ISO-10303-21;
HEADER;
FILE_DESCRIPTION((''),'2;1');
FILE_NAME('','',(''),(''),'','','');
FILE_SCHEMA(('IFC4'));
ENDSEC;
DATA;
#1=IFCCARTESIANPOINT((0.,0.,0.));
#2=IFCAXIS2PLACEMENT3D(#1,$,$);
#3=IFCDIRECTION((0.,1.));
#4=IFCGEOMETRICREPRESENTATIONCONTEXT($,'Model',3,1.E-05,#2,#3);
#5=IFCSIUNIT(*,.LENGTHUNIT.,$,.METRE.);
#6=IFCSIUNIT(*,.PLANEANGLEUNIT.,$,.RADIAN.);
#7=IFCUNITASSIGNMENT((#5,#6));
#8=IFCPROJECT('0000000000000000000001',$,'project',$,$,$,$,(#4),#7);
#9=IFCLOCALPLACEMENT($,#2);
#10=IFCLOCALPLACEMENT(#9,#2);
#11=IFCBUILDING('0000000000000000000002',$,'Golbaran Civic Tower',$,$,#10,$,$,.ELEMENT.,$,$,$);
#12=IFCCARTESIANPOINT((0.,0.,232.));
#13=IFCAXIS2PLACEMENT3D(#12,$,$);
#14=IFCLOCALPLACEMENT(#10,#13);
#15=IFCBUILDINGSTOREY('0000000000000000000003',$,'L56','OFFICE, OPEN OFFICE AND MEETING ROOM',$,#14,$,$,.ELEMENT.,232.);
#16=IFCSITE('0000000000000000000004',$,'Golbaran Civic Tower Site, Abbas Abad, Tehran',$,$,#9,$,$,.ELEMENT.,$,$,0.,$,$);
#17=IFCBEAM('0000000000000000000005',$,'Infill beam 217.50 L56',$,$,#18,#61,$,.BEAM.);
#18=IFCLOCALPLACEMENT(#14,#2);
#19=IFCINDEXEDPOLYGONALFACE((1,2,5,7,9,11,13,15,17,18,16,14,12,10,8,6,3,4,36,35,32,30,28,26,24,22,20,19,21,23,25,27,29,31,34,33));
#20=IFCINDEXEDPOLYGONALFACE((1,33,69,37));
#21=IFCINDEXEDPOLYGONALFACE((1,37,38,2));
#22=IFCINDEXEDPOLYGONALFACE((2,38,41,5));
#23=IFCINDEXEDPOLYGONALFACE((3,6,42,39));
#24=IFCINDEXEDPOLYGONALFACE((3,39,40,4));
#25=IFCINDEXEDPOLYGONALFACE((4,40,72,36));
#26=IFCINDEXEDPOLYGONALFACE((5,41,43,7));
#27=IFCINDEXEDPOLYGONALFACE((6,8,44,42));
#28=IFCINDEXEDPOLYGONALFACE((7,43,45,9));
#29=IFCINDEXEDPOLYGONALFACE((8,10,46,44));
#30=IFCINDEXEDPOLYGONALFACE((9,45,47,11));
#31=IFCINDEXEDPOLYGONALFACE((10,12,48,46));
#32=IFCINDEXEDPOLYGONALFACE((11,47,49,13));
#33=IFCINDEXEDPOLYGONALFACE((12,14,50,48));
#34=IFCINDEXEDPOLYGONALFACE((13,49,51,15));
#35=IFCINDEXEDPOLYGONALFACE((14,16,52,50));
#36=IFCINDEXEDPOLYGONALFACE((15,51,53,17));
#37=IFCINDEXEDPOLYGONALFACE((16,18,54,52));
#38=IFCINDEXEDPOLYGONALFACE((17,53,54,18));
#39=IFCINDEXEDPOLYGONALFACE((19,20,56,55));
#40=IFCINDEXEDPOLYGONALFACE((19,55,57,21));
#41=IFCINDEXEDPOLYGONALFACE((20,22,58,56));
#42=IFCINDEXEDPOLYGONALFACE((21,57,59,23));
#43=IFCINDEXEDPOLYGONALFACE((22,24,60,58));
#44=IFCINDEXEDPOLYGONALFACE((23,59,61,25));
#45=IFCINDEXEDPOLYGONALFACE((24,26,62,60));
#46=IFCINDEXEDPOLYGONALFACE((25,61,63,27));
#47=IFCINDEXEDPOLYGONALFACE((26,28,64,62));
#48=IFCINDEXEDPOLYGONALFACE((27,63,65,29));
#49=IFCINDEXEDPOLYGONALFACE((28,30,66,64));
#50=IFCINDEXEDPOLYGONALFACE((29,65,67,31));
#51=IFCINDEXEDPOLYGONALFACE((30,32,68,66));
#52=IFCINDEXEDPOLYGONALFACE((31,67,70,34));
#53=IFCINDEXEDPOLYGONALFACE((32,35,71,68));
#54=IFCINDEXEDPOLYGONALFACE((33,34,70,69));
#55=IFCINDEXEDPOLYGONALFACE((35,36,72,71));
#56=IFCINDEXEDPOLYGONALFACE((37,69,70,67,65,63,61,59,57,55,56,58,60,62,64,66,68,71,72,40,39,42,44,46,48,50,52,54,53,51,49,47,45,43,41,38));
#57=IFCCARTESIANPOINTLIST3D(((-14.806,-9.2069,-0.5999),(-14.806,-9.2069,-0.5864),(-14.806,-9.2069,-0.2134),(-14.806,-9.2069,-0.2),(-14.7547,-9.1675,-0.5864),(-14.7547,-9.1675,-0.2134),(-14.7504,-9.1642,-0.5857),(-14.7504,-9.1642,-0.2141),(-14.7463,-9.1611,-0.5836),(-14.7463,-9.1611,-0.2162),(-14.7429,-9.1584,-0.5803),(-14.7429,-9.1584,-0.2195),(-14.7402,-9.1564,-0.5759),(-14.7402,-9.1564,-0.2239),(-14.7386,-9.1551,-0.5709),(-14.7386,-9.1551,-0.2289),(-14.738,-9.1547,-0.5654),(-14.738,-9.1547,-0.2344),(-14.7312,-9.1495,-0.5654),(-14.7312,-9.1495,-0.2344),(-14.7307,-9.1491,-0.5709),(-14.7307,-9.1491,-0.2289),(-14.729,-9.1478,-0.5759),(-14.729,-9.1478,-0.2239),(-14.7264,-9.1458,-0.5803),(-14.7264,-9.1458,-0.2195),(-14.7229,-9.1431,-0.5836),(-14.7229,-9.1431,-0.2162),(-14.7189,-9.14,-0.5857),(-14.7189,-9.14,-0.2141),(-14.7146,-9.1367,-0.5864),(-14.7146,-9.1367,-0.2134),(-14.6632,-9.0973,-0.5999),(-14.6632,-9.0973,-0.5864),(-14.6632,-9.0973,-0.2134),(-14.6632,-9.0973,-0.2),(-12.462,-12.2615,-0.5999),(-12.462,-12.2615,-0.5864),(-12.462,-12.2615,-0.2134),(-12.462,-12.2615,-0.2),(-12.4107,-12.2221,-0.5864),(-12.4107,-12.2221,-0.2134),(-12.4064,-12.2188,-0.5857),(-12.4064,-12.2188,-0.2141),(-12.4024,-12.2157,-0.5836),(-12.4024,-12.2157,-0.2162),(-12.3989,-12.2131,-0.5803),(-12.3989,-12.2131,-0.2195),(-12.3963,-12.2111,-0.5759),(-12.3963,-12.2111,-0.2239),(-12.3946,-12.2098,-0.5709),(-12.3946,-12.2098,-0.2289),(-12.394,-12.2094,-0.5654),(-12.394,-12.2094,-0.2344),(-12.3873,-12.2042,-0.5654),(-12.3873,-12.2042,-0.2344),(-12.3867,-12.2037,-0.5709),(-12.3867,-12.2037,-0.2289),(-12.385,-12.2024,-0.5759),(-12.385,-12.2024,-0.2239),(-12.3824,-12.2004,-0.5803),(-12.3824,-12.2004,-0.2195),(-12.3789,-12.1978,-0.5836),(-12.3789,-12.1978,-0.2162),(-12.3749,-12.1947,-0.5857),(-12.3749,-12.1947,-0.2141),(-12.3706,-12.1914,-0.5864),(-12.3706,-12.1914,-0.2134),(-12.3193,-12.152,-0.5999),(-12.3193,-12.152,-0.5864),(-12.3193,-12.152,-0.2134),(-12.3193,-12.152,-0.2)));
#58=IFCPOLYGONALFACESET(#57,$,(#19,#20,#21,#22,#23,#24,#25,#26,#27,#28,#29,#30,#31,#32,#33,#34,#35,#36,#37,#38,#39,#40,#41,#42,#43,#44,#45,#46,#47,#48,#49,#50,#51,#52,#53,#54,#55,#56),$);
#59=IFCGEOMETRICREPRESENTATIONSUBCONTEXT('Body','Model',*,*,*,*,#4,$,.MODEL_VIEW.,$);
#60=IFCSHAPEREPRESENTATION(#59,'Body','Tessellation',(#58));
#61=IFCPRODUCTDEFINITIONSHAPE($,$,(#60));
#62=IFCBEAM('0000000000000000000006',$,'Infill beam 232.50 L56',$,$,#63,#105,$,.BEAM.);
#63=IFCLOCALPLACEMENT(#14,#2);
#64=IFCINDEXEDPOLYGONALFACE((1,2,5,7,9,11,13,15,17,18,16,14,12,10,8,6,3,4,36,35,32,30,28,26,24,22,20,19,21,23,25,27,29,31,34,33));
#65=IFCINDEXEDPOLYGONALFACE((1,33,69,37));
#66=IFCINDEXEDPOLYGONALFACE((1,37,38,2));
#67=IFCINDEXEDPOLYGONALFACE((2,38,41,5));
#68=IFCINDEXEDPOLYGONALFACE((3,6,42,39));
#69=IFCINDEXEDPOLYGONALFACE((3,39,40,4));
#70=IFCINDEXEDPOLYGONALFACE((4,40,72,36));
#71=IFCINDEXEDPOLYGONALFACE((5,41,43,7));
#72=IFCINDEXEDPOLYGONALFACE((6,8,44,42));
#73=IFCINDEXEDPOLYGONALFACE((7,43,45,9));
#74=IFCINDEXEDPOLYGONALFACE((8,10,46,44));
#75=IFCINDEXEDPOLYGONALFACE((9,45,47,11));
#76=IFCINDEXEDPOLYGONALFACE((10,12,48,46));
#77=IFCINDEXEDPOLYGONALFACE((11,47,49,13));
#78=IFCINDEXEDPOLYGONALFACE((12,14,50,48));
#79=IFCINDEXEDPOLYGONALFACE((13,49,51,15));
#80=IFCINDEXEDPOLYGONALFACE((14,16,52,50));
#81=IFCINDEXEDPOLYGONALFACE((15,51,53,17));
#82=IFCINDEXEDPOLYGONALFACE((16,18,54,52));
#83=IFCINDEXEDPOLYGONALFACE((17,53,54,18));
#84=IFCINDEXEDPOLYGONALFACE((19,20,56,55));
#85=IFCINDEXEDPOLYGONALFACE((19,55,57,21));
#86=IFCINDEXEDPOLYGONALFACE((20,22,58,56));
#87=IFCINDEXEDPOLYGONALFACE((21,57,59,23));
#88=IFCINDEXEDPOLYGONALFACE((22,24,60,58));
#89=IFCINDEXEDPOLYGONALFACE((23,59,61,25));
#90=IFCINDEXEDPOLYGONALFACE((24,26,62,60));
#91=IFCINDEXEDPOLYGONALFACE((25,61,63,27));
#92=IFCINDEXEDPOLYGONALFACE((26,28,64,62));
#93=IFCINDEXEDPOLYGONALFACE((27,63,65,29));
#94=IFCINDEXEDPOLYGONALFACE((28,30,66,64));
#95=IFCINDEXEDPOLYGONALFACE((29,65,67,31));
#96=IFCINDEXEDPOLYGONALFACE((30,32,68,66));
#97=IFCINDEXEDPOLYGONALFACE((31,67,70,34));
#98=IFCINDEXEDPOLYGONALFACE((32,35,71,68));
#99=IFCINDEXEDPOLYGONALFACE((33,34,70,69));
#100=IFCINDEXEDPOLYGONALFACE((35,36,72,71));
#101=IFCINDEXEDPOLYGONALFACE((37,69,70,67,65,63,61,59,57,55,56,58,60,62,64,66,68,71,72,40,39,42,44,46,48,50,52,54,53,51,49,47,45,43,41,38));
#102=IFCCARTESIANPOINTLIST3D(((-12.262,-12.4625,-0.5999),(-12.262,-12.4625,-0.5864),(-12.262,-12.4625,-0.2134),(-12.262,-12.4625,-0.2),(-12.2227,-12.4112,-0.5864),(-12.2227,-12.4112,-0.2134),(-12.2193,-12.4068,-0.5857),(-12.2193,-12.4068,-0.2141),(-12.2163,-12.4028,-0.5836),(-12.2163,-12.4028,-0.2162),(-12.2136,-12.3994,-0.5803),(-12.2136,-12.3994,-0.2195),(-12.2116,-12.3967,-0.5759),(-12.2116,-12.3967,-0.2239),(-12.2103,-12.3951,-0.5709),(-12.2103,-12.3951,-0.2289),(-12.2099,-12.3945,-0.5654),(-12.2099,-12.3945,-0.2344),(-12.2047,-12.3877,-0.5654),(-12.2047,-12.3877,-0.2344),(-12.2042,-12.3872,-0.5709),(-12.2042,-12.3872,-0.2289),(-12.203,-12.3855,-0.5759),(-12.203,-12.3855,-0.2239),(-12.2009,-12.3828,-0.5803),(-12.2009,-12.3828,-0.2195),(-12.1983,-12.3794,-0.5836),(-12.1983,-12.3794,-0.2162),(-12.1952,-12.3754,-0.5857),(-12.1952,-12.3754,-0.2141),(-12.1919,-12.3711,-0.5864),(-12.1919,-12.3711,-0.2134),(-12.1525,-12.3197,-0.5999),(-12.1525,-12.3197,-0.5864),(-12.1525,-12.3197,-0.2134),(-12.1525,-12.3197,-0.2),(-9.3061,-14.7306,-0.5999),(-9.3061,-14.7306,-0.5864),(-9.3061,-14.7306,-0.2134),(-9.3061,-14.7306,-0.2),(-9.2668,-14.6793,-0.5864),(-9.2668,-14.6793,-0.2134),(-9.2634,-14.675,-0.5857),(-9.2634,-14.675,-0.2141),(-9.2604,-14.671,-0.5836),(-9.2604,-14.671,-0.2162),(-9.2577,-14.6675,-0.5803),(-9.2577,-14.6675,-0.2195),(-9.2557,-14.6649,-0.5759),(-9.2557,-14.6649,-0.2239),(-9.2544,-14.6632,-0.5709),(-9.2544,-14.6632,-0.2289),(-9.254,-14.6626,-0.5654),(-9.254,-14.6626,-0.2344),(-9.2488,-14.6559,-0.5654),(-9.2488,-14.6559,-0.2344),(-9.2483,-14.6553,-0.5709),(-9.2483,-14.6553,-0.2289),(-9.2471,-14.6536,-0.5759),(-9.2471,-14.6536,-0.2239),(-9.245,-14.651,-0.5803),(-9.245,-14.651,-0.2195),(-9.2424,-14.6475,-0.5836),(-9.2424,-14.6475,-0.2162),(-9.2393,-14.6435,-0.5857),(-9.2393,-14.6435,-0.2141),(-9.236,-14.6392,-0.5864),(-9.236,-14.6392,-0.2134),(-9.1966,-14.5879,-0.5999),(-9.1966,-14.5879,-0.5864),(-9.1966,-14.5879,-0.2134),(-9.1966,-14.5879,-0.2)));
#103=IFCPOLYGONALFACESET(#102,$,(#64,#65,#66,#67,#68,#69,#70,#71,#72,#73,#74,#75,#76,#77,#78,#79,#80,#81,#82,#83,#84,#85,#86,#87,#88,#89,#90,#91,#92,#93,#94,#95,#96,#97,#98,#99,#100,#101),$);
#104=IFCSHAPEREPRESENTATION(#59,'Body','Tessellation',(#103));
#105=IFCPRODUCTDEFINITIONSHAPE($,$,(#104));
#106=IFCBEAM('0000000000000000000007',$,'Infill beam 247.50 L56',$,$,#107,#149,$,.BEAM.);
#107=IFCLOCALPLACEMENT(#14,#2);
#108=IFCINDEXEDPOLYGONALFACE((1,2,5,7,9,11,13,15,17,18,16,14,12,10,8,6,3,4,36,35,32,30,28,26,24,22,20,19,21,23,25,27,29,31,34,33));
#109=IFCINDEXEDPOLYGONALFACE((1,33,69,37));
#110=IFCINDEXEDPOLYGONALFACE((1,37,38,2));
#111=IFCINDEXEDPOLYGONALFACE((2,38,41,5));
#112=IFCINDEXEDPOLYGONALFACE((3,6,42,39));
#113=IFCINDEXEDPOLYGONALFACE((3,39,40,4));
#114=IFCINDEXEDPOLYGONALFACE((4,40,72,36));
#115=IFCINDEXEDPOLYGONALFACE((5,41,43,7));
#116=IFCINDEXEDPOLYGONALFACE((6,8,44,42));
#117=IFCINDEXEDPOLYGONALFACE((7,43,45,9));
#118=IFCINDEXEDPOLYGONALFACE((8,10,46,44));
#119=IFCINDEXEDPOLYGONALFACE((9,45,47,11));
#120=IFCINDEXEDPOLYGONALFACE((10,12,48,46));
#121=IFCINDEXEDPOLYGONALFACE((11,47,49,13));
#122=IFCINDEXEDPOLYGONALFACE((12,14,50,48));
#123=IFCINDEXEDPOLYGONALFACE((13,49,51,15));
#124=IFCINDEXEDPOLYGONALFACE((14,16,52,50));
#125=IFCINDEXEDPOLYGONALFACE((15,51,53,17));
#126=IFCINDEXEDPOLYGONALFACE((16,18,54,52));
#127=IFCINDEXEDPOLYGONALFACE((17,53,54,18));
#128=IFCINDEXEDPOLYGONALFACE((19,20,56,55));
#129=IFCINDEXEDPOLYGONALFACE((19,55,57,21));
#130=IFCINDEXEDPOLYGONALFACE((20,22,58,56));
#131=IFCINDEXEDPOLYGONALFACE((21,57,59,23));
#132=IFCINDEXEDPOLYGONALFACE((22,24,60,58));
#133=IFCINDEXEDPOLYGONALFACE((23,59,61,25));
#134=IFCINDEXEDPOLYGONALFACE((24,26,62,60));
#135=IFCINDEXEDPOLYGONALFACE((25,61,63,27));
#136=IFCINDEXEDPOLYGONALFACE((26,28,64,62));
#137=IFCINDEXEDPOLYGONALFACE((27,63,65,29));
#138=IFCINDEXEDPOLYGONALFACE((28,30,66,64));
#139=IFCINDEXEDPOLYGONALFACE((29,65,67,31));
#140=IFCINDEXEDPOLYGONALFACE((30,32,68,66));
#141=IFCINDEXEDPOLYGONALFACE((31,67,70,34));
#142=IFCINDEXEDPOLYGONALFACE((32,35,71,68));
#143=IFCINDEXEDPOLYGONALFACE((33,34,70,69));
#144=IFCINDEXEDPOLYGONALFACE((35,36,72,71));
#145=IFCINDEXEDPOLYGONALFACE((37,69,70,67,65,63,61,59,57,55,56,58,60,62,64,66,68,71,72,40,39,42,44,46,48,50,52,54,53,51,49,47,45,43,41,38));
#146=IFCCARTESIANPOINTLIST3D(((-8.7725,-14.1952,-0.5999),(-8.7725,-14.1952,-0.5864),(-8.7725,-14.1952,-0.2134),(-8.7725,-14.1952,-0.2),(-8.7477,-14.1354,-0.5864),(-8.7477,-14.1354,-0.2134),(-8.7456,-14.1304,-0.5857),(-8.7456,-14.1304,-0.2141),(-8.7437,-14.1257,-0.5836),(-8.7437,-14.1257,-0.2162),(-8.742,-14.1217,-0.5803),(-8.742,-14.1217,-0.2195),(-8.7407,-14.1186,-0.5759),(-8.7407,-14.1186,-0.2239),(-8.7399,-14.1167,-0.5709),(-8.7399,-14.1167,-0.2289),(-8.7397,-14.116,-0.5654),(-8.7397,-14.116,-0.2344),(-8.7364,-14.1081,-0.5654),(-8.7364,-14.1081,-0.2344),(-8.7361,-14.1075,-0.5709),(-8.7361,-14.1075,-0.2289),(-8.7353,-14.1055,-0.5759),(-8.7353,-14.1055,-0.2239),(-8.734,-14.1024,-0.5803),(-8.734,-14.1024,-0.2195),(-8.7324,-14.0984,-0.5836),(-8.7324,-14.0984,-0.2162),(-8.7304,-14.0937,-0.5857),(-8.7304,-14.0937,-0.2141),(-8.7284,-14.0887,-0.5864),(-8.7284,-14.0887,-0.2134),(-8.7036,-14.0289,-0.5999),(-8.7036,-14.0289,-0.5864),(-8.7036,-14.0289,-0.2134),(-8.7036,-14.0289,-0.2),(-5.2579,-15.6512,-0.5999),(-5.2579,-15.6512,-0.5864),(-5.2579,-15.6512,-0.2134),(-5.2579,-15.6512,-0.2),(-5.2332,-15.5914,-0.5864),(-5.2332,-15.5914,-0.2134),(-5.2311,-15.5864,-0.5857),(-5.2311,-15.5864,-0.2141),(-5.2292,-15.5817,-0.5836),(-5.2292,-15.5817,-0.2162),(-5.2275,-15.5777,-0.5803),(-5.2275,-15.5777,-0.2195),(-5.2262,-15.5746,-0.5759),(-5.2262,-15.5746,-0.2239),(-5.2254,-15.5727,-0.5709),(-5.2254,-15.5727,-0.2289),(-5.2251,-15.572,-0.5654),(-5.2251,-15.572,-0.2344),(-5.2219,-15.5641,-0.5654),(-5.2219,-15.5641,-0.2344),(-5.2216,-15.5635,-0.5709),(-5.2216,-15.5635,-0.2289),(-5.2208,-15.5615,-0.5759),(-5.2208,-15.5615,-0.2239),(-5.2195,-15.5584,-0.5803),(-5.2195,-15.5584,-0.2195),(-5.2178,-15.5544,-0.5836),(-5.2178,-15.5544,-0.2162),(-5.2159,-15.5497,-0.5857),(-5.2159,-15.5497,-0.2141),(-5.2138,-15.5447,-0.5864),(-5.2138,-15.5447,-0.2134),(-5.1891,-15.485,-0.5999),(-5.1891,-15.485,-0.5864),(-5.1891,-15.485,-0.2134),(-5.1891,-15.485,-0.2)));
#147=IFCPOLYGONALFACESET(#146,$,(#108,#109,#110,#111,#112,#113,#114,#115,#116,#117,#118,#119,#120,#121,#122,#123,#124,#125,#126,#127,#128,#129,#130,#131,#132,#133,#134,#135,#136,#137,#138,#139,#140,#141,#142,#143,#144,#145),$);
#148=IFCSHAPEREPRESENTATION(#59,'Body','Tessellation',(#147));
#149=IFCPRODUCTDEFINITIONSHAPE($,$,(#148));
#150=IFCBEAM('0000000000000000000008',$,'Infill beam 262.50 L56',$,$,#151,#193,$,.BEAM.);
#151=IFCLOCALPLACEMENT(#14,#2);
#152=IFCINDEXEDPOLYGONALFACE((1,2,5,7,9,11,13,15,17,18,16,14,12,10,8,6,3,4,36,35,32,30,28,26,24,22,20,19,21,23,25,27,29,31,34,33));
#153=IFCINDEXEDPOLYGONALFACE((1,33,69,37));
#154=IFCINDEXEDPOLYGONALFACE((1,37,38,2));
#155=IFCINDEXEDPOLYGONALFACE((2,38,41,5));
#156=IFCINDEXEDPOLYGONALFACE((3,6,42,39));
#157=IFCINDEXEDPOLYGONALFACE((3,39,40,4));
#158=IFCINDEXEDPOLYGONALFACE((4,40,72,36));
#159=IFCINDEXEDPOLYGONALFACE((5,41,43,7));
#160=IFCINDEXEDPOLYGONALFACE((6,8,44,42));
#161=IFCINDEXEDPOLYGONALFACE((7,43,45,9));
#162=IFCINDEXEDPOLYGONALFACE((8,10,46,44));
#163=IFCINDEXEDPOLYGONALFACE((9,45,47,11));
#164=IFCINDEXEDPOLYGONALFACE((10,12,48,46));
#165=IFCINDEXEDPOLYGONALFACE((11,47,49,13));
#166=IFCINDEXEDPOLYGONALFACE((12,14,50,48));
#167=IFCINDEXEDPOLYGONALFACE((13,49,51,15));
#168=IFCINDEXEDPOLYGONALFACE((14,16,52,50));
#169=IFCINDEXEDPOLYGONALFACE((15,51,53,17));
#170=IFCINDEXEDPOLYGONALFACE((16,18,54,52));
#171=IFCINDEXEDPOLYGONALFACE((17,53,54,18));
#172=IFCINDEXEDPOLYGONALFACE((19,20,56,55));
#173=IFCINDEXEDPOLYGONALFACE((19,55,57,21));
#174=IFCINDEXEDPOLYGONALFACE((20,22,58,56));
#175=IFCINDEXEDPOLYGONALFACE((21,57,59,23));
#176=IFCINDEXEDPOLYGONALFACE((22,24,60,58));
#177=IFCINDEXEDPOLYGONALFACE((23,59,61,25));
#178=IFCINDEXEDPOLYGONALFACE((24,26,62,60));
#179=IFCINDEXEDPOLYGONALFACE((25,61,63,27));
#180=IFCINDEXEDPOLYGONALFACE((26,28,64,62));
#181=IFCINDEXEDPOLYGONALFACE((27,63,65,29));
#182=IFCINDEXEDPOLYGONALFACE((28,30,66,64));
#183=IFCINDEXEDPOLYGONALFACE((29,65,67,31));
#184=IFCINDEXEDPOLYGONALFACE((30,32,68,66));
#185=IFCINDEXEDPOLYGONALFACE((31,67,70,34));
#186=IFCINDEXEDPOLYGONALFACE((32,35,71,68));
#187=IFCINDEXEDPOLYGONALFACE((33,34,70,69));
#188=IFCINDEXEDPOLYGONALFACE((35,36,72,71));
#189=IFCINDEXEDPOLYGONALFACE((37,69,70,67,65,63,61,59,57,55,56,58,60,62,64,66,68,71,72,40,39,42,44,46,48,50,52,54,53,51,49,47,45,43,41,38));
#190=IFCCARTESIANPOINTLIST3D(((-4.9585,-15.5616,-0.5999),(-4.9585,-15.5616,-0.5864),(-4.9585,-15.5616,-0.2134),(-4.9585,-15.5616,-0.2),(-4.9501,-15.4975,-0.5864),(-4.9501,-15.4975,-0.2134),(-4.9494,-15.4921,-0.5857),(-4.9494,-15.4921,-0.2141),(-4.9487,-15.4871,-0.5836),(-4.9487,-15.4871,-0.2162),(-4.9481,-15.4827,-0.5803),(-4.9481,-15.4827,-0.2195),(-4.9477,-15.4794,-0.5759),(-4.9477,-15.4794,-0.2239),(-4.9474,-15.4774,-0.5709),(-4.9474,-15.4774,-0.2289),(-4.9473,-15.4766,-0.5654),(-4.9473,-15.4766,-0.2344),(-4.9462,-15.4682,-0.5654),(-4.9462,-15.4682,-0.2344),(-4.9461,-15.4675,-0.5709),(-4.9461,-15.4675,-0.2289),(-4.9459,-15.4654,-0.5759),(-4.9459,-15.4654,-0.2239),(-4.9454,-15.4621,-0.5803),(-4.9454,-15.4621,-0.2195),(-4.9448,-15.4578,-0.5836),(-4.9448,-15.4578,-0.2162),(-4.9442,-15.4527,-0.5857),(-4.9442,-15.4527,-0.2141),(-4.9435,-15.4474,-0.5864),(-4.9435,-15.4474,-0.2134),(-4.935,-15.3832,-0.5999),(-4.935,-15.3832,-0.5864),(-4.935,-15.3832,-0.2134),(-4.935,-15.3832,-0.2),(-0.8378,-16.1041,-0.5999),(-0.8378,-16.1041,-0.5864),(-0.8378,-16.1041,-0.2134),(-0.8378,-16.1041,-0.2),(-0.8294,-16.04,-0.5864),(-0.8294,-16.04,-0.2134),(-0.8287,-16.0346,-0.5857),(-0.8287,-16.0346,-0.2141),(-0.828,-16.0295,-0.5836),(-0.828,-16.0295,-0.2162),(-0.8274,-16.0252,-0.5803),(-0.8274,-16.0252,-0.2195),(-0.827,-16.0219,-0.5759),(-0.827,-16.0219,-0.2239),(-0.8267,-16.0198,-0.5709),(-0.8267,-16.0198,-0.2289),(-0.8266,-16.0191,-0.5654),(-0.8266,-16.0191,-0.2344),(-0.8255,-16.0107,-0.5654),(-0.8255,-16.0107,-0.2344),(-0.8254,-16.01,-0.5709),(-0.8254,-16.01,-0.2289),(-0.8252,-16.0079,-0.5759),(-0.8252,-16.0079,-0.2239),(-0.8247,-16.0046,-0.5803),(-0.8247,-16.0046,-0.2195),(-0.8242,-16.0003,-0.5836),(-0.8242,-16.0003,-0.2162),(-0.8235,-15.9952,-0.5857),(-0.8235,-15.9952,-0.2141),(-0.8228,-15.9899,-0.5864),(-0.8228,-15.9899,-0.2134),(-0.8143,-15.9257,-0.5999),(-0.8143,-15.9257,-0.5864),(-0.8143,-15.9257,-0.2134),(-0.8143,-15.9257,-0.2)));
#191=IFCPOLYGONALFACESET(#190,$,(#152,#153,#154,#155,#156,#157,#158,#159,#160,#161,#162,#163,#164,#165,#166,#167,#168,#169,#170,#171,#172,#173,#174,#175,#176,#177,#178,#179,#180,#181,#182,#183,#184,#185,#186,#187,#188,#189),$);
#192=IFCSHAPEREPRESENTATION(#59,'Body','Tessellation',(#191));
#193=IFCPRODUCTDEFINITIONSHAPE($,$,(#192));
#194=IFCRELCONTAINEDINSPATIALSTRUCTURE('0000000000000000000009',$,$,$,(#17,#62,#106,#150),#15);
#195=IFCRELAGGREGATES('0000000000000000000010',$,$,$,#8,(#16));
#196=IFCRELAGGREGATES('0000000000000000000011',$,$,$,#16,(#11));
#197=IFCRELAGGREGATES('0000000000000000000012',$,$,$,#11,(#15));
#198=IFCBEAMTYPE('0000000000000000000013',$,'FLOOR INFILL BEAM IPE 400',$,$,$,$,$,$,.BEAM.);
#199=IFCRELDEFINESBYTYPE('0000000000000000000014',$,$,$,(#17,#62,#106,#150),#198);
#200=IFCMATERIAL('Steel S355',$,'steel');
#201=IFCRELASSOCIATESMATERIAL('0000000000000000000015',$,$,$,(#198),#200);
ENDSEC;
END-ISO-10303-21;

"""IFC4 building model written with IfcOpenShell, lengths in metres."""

from ifc_helpers import new_model, si_unit, direction, frame, origin, origin_2d, place, context, subcontext, project, spatial, i_section, extrude, material, material_profile, profile_set, type_object, element, save


model = new_model("IFC4")

# Units and contexts
model_context = context("Model", 3, precision=1e-05, world=origin(), true_north=direction((0.0, 1.0)))
body_context = subcontext(model_context, "Body", "Model", "MODEL_VIEW")
ifc_project = project(units=[si_unit("LENGTHUNIT", "METRE"), si_unit("PLANEANGLEUNIT", "RADIAN")], contexts=[model_context])

# Site, building, storey
site_placement = place(None, origin())
site = spatial("IfcSite", under=ifc_project, at=site_placement, Name="Golbaran Civic Tower Site, Abbas Abad, Tehran", CompositionType="ELEMENT", RefElevation=0.0)
building_placement = place(site_placement, origin())
building = spatial("IfcBuilding", under=site, at=building_placement, Name="Golbaran Civic Tower", CompositionType="ELEMENT")
storey_placement = place(building_placement, frame((0.0, 0.0, 232.0)))
storey = spatial("IfcBuildingStorey", under=building, at=storey_placement, Name="L56", Description="OFFICE, OPEN OFFICE AND MEETING ROOM", CompositionType="ELEMENT", Elevation=232.0)

# Beams
ifc_material_1 = material(Name="Steel S355", Category="steel")
ifc_material_profile_1 = material_profile(ifc_material_1, i_section(OverallWidth=0.1799, OverallDepth=0.3999, WebThickness=0.0085, FlangeThickness=0.0134, FilletRadius=0.021, at=origin_2d()), Name="IPE 400")
ifc_profile_set_1 = profile_set([ifc_material_profile_1], Name="Steel S355")
beam_type_1 = type_object("IfcBeamType", Name="FLOOR INFILL BEAM IPE 400", PredefinedType="BEAM", material=ifc_profile_set_1)
beam_1_placement = place(storey_placement, frame((-14.7346, -9.1521, -0.3999), z_axis=(0.60877, -0.793347, 0.0), x_axis=(0.793347, 0.60877, 0.0)))
element("IfcBeam", 1, at=beam_1_placement, inside=storey, type_object=beam_type_1, Name="Infill beam 217.50 L56", PredefinedType="BEAM", context=body_context, shape_type="SweptSolid", body=[
    extrude(i_section(OverallWidth=0.1799, OverallDepth=0.3999, WebThickness=0.0085, FlangeThickness=0.0134, FilletRadius=0.021, at=origin_2d()), origin(), (0.0, 0.0, 1.0), 3.8503),
])
beam_2_placement = place(storey_placement, frame((-12.2073, -12.3911, -0.3999), z_axis=(0.793354, -0.60876, 0.0), x_axis=(0.60876, 0.793354, 0.0)))
element("IfcBeam", 2, at=beam_2_placement, inside=storey, type_object=beam_type_1, Name="Infill beam 232.50 L56", PredefinedType="BEAM", context=body_context, shape_type="SweptSolid", body=[
    extrude(i_section(OverallWidth=0.1799, OverallDepth=0.3999, WebThickness=0.0085, FlangeThickness=0.0134, FilletRadius=0.021, at=origin_2d()), origin(), (0.0, 0.0, 1.0), 3.7258),
])
beam_3_placement = place(storey_placement, frame((-8.738, -14.1121, -0.3999), z_axis=(0.923857, -0.382737, 0.0), x_axis=(0.382737, 0.923857, 0.0)))
element("IfcBeam", 3, at=beam_3_placement, inside=storey, type_object=beam_type_1, Name="Infill beam 247.50 L56", PredefinedType="BEAM", context=body_context, shape_type="SweptSolid", body=[
    extrude(i_section(OverallWidth=0.1799, OverallDepth=0.3999, WebThickness=0.0085, FlangeThickness=0.0134, FilletRadius=0.021, at=origin_2d()), origin(), (0.0, 0.0, 1.0), 3.8042),
])
beam_4_placement = place(storey_placement, frame((-4.9468, -15.4724, -0.3999), z_axis=(0.991445, -0.130524, 0.0), x_axis=(0.130524, 0.991445, 0.0)))
element("IfcBeam", 4, at=beam_4_placement, inside=storey, type_object=beam_type_1, Name="Infill beam 262.50 L56", PredefinedType="BEAM", context=body_context, shape_type="SweptSolid", body=[
    extrude(i_section(OverallWidth=0.1799, OverallDepth=0.3999, WebThickness=0.0085, FlangeThickness=0.0134, FilletRadius=0.021, at=origin_2d()), origin(), (0.0, 0.0, 1.0), 4.1562),
])

save(model, "model.ifc")
